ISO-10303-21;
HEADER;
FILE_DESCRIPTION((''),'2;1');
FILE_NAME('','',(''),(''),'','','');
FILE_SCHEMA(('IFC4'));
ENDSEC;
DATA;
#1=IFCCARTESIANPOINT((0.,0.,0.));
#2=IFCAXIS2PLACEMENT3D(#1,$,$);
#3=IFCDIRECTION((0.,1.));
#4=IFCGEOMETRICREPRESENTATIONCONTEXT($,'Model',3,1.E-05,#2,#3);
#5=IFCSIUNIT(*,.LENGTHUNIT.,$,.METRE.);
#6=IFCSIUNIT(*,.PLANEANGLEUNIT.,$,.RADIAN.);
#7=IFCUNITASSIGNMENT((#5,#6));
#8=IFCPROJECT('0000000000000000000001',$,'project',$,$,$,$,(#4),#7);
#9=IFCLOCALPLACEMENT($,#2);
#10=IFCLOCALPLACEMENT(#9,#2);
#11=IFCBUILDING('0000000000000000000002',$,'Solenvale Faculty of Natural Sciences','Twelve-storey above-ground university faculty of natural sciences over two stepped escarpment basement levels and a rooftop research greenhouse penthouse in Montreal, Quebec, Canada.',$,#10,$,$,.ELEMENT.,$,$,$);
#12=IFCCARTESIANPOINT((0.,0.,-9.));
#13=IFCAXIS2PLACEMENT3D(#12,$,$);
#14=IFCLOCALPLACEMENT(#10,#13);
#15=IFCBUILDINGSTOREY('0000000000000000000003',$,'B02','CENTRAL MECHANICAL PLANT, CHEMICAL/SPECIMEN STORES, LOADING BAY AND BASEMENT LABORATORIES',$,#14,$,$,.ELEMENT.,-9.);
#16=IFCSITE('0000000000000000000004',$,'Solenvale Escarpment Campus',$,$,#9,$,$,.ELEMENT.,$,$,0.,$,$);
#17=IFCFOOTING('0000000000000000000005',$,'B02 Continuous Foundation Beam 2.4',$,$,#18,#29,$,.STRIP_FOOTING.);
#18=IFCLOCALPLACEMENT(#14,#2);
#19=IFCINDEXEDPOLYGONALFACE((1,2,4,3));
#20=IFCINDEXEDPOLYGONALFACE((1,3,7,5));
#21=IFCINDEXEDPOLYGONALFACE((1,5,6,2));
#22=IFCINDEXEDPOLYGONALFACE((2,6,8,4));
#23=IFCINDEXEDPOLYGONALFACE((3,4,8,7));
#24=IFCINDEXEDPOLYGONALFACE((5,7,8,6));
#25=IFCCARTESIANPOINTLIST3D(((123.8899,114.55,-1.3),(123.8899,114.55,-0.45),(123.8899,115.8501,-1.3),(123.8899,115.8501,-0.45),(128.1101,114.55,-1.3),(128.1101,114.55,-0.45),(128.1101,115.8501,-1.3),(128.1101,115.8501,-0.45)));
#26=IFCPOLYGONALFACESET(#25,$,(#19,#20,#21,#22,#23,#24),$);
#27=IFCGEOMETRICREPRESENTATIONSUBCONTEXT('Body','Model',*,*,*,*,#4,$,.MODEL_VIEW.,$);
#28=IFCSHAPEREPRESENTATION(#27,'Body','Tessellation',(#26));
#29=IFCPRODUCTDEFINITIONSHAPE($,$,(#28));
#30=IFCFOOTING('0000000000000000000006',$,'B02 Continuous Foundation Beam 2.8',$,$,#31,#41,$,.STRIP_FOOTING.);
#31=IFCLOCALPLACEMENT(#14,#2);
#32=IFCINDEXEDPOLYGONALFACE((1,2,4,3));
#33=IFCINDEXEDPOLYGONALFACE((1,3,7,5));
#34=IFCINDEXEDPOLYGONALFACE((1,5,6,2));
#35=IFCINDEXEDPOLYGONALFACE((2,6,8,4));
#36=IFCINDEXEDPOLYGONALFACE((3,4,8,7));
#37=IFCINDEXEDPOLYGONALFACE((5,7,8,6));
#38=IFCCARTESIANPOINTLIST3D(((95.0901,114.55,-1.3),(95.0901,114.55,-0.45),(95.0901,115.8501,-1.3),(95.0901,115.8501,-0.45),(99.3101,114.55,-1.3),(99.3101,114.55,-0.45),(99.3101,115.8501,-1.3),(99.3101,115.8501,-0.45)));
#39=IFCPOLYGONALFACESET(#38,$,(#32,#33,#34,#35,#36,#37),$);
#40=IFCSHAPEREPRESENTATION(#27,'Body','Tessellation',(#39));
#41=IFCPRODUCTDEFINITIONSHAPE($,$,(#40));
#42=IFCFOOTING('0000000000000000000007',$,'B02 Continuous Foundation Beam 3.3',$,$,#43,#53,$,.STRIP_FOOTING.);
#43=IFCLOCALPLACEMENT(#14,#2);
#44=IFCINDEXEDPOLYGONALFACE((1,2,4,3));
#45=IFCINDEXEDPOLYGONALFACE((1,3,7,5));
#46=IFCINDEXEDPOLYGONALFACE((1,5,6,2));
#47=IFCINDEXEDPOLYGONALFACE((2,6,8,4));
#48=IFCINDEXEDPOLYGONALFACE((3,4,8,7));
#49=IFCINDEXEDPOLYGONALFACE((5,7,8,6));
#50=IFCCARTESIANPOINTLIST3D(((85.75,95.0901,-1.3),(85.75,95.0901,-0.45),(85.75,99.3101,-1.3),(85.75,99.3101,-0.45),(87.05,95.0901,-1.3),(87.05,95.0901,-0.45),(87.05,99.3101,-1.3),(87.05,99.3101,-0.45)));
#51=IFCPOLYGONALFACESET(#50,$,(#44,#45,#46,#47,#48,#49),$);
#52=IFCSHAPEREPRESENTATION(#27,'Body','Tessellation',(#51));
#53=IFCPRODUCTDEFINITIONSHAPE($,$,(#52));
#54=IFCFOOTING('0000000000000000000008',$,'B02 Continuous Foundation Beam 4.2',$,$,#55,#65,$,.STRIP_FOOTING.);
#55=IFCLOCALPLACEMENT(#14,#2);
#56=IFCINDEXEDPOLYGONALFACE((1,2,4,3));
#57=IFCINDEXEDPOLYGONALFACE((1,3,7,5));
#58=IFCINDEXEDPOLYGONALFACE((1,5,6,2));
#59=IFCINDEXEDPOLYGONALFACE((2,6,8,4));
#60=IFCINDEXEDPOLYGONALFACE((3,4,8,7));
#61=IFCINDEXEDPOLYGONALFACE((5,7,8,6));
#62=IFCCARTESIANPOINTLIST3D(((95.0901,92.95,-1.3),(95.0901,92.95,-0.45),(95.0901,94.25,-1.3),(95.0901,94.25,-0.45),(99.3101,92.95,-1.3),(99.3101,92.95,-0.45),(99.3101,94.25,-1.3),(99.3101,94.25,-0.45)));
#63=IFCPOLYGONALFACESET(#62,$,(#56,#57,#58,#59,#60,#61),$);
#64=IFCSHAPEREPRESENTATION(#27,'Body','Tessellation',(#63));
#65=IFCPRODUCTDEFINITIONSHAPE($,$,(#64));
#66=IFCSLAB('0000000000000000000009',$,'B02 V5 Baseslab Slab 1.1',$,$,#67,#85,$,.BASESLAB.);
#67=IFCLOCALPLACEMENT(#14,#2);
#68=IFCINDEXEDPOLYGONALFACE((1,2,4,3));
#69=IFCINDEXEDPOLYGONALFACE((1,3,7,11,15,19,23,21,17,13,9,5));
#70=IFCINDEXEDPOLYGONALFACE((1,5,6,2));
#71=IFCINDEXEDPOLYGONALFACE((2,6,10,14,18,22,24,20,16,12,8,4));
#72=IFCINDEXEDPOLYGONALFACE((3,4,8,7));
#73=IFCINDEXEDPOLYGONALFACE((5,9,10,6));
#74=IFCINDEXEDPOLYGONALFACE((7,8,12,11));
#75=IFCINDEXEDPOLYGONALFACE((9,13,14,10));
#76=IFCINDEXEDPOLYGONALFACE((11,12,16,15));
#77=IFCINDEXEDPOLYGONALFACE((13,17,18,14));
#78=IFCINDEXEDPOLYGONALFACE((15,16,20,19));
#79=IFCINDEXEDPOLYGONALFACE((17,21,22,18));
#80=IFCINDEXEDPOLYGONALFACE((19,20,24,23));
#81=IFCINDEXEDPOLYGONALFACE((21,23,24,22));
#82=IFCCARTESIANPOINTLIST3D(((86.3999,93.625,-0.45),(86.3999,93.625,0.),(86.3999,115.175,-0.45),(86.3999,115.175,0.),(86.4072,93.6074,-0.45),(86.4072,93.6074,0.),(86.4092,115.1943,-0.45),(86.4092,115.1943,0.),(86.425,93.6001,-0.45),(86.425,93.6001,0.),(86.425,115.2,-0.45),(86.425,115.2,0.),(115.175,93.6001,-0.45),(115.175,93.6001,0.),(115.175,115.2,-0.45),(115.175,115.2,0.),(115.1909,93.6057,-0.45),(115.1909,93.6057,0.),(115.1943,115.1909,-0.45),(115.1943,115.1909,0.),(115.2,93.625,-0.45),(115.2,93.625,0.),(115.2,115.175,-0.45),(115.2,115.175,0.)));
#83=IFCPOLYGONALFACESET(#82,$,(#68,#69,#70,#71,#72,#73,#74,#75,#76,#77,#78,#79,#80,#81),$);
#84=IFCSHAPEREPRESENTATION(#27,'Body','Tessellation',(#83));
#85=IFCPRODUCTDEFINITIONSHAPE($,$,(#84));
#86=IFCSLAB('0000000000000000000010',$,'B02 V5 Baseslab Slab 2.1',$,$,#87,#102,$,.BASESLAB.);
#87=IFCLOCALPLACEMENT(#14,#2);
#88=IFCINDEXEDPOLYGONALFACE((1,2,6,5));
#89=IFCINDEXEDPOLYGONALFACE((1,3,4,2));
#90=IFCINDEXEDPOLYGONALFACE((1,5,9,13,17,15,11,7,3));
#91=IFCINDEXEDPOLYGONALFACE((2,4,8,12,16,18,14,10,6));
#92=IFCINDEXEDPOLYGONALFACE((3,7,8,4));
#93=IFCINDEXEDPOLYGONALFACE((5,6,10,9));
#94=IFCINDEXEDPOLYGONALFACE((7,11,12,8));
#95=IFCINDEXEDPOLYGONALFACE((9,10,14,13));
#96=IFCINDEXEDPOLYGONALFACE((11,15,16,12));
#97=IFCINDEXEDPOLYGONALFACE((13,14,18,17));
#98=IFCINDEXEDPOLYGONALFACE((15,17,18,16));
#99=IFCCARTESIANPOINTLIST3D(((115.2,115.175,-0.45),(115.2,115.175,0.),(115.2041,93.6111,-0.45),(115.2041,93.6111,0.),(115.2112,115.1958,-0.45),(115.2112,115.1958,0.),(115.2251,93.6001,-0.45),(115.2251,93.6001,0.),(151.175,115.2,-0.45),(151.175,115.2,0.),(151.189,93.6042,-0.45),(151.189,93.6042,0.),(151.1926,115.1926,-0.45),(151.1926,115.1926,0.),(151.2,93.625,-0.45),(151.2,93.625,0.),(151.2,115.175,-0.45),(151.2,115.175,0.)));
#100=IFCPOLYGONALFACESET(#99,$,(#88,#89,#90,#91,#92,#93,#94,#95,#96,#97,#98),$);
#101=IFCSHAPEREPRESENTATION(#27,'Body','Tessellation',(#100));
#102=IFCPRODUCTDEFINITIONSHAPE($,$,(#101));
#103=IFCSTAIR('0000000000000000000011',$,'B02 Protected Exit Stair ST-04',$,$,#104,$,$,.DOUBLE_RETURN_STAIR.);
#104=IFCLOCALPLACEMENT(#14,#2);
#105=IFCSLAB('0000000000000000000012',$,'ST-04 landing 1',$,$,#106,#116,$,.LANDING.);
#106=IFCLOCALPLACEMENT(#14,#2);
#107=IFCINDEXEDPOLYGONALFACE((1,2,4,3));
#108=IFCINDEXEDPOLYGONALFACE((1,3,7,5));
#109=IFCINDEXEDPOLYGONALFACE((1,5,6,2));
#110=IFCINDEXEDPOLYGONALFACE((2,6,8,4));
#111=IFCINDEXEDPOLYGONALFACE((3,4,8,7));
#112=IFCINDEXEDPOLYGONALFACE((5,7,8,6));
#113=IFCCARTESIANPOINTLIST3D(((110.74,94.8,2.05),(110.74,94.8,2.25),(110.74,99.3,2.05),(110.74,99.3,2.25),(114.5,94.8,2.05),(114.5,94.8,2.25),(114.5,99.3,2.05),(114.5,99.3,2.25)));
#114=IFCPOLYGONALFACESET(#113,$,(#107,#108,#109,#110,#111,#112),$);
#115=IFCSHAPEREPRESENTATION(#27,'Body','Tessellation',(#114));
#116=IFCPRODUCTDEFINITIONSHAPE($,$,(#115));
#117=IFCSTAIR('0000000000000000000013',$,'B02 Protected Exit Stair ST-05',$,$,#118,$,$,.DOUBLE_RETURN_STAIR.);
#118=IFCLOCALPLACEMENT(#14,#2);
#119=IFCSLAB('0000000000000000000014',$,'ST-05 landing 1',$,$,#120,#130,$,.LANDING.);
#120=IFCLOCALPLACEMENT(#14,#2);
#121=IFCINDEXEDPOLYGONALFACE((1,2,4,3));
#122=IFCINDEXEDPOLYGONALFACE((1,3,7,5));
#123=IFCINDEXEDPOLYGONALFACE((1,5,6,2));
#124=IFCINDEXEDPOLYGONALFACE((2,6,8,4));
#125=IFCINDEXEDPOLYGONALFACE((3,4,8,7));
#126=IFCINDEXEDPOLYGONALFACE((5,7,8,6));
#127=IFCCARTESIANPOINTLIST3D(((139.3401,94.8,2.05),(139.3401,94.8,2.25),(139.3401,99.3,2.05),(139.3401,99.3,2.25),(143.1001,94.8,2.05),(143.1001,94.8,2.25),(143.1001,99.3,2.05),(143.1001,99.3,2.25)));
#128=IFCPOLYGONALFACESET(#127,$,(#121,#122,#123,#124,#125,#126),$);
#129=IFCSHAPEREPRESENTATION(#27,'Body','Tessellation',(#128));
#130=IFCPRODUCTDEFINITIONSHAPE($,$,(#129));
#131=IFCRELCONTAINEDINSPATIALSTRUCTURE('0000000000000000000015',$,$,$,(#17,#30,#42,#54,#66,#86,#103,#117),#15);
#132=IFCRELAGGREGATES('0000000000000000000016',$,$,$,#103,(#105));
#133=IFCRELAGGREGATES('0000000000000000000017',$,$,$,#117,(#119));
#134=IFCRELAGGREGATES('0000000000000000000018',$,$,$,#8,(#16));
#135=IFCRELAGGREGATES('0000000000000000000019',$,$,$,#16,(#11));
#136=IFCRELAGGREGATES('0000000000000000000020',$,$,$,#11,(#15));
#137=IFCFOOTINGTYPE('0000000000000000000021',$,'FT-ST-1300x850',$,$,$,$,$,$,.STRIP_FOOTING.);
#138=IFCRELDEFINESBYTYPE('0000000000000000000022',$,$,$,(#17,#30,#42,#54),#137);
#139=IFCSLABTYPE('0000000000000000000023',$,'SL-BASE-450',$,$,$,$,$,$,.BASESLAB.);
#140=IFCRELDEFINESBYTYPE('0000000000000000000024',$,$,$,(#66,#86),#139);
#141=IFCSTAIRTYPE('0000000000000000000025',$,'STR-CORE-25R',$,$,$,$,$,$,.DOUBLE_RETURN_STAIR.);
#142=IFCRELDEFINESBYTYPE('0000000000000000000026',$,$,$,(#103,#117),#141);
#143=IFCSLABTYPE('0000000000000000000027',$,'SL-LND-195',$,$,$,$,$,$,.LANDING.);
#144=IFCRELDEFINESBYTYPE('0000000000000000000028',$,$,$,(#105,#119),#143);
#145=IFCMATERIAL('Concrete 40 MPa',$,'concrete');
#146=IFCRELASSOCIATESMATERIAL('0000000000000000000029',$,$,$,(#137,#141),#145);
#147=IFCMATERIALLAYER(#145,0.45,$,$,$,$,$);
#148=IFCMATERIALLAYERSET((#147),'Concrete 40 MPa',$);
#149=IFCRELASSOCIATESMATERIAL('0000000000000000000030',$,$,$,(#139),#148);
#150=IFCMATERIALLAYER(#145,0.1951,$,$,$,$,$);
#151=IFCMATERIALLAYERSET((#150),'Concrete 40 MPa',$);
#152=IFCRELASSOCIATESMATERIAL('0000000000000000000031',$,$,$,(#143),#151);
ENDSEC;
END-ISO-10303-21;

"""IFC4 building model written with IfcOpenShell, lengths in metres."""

from ifc_helpers import new_model, si_unit, direction, frame, origin, place, context, subcontext, project, spatial, polyline, outline, extrude, material, layer, layer_set, type_object, element, aggregate, save


model = new_model("IFC4")

# Units and contexts
model_context = context("Model", 3, precision=1e-05, world=origin(), true_north=direction((0.0, 1.0)))
body_context = subcontext(model_context, "Body", "Model", "MODEL_VIEW")
ifc_project = project(units=[si_unit("LENGTHUNIT", "METRE"), si_unit("PLANEANGLEUNIT", "RADIAN")], contexts=[model_context])

# Site, building, storey
site_placement = place(None, origin())
site = spatial("IfcSite", under=ifc_project, at=site_placement, Name="Solenvale Escarpment Campus", CompositionType="ELEMENT", RefElevation=0.0)
building_placement = place(site_placement, origin())
building = spatial("IfcBuilding", under=site, at=building_placement, Name="Solenvale Faculty of Natural Sciences", Description="Twelve-storey above-ground university faculty of natural sciences over two stepped escarpment basement levels and a rooftop research greenhouse penthouse in Montreal, Quebec, Canada.", CompositionType="ELEMENT")
storey_placement = place(building_placement, frame((0.0, 0.0, -9.0)))
storey = spatial("IfcBuildingStorey", under=building, at=storey_placement, Name="B02", Description="CENTRAL MECHANICAL PLANT, CHEMICAL/SPECIMEN STORES, LOADING BAY AND BASEMENT LABORATORIES", CompositionType="ELEMENT", Elevation=-9.0)

# Footings
ifc_material = material(Name="Concrete 40 MPa", Category="concrete")
footing_type_1 = type_object("IfcFootingType", Name="FT-ST-1300x850", PredefinedType="STRIP_FOOTING", material=ifc_material)
footing_1_placement = place(storey_placement, frame((0.0, 0.0, -1.3)))
element("IfcFooting", 1, at=footing_1_placement, inside=storey, type_object=footing_type_1, Name="B02 Continuous Foundation Beam 2.4", PredefinedType="STRIP_FOOTING", context=body_context, shape_type="SweptSolid", body=[
    extrude(outline(polyline([(123.8899, 114.55), (128.1101, 114.55), (128.1101, 115.8501), (123.8899, 115.8501), (123.8899, 114.55)])), origin(), (0.0, 0.0, 1.0), 0.8501),
])
footing_2_placement = place(storey_placement, frame((0.0, 0.0, -1.3)))
element("IfcFooting", 2, at=footing_2_placement, inside=storey, type_object=footing_type_1, Name="B02 Continuous Foundation Beam 2.8", PredefinedType="STRIP_FOOTING", context=body_context, shape_type="SweptSolid", body=[
    extrude(outline(polyline([(95.0901, 114.55), (99.3101, 114.55), (99.3101, 115.8501), (95.0901, 115.8501), (95.0901, 114.55)])), origin(), (0.0, 0.0, 1.0), 0.8501),
])
footing_3_placement = place(storey_placement, frame((0.0, 0.0, -1.3)))
element("IfcFooting", 3, at=footing_3_placement, inside=storey, type_object=footing_type_1, Name="B02 Continuous Foundation Beam 3.3", PredefinedType="STRIP_FOOTING", context=body_context, shape_type="SweptSolid", body=[
    extrude(outline(polyline([(85.75, 95.0901), (87.05, 95.0901), (87.05, 99.3101), (85.75, 99.3101), (85.75, 95.0901)])), origin(), (0.0, 0.0, 1.0), 0.8501),
])
footing_4_placement = place(storey_placement, frame((0.0, 0.0, -1.3)))
element("IfcFooting", 4, at=footing_4_placement, inside=storey, type_object=footing_type_1, Name="B02 Continuous Foundation Beam 4.2", PredefinedType="STRIP_FOOTING", context=body_context, shape_type="SweptSolid", body=[
    extrude(outline(polyline([(95.0901, 92.95), (99.3101, 92.95), (99.3101, 94.25), (95.0901, 94.25), (95.0901, 92.95)])), origin(), (0.0, 0.0, 1.0), 0.8501),
])

# Slabs
ifc_layer_1 = layer(ifc_material, 0.45)
ifc_layer_set_1 = layer_set([ifc_layer_1], Name="Concrete 40 MPa")
slab_type_1 = type_object("IfcSlabType", Name="SL-BASE-450", PredefinedType="BASESLAB", material=ifc_layer_set_1)
slab_1_placement = place(storey_placement, frame((0.0, 0.0, -0.45)))
element("IfcSlab", 5, at=slab_1_placement, inside=storey, type_object=slab_type_1, Name="B02 V5 Baseslab Slab 1.1", PredefinedType="BASESLAB", context=body_context, shape_type="SweptSolid", body=[
    extrude(outline(polyline([(86.425, 93.6001), (86.4072, 93.6074), (86.3999, 93.625), (86.3999, 115.175), (86.4092, 115.1943), (86.425, 115.2), (115.175, 115.2), (115.1943, 115.1909), (115.2, 115.175), (115.2, 93.625), (115.1909, 93.6057), (115.175, 93.6001), (86.425, 93.6001)])), origin(), (0.0, 0.0, 1.0), 0.45),
])
slab_2_placement = place(storey_placement, frame((0.0, 0.0, -0.45)))
element("IfcSlab", 6, at=slab_2_placement, inside=storey, type_object=slab_type_1, Name="B02 V5 Baseslab Slab 2.1", PredefinedType="BASESLAB", context=body_context, shape_type="SweptSolid", body=[
    extrude(outline(polyline([(151.175, 115.2), (151.1926, 115.1926), (151.2, 115.175), (151.2, 93.625), (151.189, 93.6042), (115.2251, 93.6001), (115.2041, 93.6111), (115.2, 115.175), (115.2112, 115.1958), (151.175, 115.2)])), origin(), (0.0, 0.0, 1.0), 0.45),
])

# Stairs, slabs
stair_type = type_object("IfcStairType", Name="STR-CORE-25R", PredefinedType="DOUBLE_RETURN_STAIR", material=ifc_material)
stair_1_placement = place(storey_placement, origin())
stair_1 = element("IfcStair", 7, at=stair_1_placement, inside=storey, type_object=stair_type, Name="B02 Protected Exit Stair ST-04", PredefinedType="DOUBLE_RETURN_STAIR")
ifc_layer_2 = layer(ifc_material, 0.1951)
ifc_layer_set_2 = layer_set([ifc_layer_2], Name="Concrete 40 MPa")
slab_type_2 = type_object("IfcSlabType", Name="SL-LND-195", PredefinedType="LANDING", material=ifc_layer_set_2)
slab_3_placement = place(storey_placement, frame((0.0, 0.0, 2.05)))
slab_3 = element("IfcSlab", 8, at=slab_3_placement, type_object=slab_type_2, Name="ST-04 landing 1", PredefinedType="LANDING", context=body_context, shape_type="SweptSolid", body=[
    extrude(outline(polyline([(110.74, 94.8), (114.5, 94.8), (114.5, 99.3), (110.74, 99.3), (110.74, 94.8)])), origin(), (0.0, 0.0, 1.0), 0.2),
])
aggregate(stair_1, [slab_3])
stair_2_placement = place(storey_placement, origin())
stair_2 = element("IfcStair", 9, at=stair_2_placement, inside=storey, type_object=stair_type, Name="B02 Protected Exit Stair ST-05", PredefinedType="DOUBLE_RETURN_STAIR")
slab_4_placement = place(storey_placement, frame((0.0, 0.0, 2.05)))
slab_4 = element("IfcSlab", 10, at=slab_4_placement, type_object=slab_type_2, Name="ST-05 landing 1", PredefinedType="LANDING", context=body_context, shape_type="SweptSolid", body=[
    extrude(outline(polyline([(139.3401, 94.8), (143.1001, 94.8), (143.1001, 99.3), (139.3401, 99.3), (139.3401, 94.8)])), origin(), (0.0, 0.0, 1.0), 0.2),
])
aggregate(stair_2, [slab_4])

save(model, "model.ifc")
